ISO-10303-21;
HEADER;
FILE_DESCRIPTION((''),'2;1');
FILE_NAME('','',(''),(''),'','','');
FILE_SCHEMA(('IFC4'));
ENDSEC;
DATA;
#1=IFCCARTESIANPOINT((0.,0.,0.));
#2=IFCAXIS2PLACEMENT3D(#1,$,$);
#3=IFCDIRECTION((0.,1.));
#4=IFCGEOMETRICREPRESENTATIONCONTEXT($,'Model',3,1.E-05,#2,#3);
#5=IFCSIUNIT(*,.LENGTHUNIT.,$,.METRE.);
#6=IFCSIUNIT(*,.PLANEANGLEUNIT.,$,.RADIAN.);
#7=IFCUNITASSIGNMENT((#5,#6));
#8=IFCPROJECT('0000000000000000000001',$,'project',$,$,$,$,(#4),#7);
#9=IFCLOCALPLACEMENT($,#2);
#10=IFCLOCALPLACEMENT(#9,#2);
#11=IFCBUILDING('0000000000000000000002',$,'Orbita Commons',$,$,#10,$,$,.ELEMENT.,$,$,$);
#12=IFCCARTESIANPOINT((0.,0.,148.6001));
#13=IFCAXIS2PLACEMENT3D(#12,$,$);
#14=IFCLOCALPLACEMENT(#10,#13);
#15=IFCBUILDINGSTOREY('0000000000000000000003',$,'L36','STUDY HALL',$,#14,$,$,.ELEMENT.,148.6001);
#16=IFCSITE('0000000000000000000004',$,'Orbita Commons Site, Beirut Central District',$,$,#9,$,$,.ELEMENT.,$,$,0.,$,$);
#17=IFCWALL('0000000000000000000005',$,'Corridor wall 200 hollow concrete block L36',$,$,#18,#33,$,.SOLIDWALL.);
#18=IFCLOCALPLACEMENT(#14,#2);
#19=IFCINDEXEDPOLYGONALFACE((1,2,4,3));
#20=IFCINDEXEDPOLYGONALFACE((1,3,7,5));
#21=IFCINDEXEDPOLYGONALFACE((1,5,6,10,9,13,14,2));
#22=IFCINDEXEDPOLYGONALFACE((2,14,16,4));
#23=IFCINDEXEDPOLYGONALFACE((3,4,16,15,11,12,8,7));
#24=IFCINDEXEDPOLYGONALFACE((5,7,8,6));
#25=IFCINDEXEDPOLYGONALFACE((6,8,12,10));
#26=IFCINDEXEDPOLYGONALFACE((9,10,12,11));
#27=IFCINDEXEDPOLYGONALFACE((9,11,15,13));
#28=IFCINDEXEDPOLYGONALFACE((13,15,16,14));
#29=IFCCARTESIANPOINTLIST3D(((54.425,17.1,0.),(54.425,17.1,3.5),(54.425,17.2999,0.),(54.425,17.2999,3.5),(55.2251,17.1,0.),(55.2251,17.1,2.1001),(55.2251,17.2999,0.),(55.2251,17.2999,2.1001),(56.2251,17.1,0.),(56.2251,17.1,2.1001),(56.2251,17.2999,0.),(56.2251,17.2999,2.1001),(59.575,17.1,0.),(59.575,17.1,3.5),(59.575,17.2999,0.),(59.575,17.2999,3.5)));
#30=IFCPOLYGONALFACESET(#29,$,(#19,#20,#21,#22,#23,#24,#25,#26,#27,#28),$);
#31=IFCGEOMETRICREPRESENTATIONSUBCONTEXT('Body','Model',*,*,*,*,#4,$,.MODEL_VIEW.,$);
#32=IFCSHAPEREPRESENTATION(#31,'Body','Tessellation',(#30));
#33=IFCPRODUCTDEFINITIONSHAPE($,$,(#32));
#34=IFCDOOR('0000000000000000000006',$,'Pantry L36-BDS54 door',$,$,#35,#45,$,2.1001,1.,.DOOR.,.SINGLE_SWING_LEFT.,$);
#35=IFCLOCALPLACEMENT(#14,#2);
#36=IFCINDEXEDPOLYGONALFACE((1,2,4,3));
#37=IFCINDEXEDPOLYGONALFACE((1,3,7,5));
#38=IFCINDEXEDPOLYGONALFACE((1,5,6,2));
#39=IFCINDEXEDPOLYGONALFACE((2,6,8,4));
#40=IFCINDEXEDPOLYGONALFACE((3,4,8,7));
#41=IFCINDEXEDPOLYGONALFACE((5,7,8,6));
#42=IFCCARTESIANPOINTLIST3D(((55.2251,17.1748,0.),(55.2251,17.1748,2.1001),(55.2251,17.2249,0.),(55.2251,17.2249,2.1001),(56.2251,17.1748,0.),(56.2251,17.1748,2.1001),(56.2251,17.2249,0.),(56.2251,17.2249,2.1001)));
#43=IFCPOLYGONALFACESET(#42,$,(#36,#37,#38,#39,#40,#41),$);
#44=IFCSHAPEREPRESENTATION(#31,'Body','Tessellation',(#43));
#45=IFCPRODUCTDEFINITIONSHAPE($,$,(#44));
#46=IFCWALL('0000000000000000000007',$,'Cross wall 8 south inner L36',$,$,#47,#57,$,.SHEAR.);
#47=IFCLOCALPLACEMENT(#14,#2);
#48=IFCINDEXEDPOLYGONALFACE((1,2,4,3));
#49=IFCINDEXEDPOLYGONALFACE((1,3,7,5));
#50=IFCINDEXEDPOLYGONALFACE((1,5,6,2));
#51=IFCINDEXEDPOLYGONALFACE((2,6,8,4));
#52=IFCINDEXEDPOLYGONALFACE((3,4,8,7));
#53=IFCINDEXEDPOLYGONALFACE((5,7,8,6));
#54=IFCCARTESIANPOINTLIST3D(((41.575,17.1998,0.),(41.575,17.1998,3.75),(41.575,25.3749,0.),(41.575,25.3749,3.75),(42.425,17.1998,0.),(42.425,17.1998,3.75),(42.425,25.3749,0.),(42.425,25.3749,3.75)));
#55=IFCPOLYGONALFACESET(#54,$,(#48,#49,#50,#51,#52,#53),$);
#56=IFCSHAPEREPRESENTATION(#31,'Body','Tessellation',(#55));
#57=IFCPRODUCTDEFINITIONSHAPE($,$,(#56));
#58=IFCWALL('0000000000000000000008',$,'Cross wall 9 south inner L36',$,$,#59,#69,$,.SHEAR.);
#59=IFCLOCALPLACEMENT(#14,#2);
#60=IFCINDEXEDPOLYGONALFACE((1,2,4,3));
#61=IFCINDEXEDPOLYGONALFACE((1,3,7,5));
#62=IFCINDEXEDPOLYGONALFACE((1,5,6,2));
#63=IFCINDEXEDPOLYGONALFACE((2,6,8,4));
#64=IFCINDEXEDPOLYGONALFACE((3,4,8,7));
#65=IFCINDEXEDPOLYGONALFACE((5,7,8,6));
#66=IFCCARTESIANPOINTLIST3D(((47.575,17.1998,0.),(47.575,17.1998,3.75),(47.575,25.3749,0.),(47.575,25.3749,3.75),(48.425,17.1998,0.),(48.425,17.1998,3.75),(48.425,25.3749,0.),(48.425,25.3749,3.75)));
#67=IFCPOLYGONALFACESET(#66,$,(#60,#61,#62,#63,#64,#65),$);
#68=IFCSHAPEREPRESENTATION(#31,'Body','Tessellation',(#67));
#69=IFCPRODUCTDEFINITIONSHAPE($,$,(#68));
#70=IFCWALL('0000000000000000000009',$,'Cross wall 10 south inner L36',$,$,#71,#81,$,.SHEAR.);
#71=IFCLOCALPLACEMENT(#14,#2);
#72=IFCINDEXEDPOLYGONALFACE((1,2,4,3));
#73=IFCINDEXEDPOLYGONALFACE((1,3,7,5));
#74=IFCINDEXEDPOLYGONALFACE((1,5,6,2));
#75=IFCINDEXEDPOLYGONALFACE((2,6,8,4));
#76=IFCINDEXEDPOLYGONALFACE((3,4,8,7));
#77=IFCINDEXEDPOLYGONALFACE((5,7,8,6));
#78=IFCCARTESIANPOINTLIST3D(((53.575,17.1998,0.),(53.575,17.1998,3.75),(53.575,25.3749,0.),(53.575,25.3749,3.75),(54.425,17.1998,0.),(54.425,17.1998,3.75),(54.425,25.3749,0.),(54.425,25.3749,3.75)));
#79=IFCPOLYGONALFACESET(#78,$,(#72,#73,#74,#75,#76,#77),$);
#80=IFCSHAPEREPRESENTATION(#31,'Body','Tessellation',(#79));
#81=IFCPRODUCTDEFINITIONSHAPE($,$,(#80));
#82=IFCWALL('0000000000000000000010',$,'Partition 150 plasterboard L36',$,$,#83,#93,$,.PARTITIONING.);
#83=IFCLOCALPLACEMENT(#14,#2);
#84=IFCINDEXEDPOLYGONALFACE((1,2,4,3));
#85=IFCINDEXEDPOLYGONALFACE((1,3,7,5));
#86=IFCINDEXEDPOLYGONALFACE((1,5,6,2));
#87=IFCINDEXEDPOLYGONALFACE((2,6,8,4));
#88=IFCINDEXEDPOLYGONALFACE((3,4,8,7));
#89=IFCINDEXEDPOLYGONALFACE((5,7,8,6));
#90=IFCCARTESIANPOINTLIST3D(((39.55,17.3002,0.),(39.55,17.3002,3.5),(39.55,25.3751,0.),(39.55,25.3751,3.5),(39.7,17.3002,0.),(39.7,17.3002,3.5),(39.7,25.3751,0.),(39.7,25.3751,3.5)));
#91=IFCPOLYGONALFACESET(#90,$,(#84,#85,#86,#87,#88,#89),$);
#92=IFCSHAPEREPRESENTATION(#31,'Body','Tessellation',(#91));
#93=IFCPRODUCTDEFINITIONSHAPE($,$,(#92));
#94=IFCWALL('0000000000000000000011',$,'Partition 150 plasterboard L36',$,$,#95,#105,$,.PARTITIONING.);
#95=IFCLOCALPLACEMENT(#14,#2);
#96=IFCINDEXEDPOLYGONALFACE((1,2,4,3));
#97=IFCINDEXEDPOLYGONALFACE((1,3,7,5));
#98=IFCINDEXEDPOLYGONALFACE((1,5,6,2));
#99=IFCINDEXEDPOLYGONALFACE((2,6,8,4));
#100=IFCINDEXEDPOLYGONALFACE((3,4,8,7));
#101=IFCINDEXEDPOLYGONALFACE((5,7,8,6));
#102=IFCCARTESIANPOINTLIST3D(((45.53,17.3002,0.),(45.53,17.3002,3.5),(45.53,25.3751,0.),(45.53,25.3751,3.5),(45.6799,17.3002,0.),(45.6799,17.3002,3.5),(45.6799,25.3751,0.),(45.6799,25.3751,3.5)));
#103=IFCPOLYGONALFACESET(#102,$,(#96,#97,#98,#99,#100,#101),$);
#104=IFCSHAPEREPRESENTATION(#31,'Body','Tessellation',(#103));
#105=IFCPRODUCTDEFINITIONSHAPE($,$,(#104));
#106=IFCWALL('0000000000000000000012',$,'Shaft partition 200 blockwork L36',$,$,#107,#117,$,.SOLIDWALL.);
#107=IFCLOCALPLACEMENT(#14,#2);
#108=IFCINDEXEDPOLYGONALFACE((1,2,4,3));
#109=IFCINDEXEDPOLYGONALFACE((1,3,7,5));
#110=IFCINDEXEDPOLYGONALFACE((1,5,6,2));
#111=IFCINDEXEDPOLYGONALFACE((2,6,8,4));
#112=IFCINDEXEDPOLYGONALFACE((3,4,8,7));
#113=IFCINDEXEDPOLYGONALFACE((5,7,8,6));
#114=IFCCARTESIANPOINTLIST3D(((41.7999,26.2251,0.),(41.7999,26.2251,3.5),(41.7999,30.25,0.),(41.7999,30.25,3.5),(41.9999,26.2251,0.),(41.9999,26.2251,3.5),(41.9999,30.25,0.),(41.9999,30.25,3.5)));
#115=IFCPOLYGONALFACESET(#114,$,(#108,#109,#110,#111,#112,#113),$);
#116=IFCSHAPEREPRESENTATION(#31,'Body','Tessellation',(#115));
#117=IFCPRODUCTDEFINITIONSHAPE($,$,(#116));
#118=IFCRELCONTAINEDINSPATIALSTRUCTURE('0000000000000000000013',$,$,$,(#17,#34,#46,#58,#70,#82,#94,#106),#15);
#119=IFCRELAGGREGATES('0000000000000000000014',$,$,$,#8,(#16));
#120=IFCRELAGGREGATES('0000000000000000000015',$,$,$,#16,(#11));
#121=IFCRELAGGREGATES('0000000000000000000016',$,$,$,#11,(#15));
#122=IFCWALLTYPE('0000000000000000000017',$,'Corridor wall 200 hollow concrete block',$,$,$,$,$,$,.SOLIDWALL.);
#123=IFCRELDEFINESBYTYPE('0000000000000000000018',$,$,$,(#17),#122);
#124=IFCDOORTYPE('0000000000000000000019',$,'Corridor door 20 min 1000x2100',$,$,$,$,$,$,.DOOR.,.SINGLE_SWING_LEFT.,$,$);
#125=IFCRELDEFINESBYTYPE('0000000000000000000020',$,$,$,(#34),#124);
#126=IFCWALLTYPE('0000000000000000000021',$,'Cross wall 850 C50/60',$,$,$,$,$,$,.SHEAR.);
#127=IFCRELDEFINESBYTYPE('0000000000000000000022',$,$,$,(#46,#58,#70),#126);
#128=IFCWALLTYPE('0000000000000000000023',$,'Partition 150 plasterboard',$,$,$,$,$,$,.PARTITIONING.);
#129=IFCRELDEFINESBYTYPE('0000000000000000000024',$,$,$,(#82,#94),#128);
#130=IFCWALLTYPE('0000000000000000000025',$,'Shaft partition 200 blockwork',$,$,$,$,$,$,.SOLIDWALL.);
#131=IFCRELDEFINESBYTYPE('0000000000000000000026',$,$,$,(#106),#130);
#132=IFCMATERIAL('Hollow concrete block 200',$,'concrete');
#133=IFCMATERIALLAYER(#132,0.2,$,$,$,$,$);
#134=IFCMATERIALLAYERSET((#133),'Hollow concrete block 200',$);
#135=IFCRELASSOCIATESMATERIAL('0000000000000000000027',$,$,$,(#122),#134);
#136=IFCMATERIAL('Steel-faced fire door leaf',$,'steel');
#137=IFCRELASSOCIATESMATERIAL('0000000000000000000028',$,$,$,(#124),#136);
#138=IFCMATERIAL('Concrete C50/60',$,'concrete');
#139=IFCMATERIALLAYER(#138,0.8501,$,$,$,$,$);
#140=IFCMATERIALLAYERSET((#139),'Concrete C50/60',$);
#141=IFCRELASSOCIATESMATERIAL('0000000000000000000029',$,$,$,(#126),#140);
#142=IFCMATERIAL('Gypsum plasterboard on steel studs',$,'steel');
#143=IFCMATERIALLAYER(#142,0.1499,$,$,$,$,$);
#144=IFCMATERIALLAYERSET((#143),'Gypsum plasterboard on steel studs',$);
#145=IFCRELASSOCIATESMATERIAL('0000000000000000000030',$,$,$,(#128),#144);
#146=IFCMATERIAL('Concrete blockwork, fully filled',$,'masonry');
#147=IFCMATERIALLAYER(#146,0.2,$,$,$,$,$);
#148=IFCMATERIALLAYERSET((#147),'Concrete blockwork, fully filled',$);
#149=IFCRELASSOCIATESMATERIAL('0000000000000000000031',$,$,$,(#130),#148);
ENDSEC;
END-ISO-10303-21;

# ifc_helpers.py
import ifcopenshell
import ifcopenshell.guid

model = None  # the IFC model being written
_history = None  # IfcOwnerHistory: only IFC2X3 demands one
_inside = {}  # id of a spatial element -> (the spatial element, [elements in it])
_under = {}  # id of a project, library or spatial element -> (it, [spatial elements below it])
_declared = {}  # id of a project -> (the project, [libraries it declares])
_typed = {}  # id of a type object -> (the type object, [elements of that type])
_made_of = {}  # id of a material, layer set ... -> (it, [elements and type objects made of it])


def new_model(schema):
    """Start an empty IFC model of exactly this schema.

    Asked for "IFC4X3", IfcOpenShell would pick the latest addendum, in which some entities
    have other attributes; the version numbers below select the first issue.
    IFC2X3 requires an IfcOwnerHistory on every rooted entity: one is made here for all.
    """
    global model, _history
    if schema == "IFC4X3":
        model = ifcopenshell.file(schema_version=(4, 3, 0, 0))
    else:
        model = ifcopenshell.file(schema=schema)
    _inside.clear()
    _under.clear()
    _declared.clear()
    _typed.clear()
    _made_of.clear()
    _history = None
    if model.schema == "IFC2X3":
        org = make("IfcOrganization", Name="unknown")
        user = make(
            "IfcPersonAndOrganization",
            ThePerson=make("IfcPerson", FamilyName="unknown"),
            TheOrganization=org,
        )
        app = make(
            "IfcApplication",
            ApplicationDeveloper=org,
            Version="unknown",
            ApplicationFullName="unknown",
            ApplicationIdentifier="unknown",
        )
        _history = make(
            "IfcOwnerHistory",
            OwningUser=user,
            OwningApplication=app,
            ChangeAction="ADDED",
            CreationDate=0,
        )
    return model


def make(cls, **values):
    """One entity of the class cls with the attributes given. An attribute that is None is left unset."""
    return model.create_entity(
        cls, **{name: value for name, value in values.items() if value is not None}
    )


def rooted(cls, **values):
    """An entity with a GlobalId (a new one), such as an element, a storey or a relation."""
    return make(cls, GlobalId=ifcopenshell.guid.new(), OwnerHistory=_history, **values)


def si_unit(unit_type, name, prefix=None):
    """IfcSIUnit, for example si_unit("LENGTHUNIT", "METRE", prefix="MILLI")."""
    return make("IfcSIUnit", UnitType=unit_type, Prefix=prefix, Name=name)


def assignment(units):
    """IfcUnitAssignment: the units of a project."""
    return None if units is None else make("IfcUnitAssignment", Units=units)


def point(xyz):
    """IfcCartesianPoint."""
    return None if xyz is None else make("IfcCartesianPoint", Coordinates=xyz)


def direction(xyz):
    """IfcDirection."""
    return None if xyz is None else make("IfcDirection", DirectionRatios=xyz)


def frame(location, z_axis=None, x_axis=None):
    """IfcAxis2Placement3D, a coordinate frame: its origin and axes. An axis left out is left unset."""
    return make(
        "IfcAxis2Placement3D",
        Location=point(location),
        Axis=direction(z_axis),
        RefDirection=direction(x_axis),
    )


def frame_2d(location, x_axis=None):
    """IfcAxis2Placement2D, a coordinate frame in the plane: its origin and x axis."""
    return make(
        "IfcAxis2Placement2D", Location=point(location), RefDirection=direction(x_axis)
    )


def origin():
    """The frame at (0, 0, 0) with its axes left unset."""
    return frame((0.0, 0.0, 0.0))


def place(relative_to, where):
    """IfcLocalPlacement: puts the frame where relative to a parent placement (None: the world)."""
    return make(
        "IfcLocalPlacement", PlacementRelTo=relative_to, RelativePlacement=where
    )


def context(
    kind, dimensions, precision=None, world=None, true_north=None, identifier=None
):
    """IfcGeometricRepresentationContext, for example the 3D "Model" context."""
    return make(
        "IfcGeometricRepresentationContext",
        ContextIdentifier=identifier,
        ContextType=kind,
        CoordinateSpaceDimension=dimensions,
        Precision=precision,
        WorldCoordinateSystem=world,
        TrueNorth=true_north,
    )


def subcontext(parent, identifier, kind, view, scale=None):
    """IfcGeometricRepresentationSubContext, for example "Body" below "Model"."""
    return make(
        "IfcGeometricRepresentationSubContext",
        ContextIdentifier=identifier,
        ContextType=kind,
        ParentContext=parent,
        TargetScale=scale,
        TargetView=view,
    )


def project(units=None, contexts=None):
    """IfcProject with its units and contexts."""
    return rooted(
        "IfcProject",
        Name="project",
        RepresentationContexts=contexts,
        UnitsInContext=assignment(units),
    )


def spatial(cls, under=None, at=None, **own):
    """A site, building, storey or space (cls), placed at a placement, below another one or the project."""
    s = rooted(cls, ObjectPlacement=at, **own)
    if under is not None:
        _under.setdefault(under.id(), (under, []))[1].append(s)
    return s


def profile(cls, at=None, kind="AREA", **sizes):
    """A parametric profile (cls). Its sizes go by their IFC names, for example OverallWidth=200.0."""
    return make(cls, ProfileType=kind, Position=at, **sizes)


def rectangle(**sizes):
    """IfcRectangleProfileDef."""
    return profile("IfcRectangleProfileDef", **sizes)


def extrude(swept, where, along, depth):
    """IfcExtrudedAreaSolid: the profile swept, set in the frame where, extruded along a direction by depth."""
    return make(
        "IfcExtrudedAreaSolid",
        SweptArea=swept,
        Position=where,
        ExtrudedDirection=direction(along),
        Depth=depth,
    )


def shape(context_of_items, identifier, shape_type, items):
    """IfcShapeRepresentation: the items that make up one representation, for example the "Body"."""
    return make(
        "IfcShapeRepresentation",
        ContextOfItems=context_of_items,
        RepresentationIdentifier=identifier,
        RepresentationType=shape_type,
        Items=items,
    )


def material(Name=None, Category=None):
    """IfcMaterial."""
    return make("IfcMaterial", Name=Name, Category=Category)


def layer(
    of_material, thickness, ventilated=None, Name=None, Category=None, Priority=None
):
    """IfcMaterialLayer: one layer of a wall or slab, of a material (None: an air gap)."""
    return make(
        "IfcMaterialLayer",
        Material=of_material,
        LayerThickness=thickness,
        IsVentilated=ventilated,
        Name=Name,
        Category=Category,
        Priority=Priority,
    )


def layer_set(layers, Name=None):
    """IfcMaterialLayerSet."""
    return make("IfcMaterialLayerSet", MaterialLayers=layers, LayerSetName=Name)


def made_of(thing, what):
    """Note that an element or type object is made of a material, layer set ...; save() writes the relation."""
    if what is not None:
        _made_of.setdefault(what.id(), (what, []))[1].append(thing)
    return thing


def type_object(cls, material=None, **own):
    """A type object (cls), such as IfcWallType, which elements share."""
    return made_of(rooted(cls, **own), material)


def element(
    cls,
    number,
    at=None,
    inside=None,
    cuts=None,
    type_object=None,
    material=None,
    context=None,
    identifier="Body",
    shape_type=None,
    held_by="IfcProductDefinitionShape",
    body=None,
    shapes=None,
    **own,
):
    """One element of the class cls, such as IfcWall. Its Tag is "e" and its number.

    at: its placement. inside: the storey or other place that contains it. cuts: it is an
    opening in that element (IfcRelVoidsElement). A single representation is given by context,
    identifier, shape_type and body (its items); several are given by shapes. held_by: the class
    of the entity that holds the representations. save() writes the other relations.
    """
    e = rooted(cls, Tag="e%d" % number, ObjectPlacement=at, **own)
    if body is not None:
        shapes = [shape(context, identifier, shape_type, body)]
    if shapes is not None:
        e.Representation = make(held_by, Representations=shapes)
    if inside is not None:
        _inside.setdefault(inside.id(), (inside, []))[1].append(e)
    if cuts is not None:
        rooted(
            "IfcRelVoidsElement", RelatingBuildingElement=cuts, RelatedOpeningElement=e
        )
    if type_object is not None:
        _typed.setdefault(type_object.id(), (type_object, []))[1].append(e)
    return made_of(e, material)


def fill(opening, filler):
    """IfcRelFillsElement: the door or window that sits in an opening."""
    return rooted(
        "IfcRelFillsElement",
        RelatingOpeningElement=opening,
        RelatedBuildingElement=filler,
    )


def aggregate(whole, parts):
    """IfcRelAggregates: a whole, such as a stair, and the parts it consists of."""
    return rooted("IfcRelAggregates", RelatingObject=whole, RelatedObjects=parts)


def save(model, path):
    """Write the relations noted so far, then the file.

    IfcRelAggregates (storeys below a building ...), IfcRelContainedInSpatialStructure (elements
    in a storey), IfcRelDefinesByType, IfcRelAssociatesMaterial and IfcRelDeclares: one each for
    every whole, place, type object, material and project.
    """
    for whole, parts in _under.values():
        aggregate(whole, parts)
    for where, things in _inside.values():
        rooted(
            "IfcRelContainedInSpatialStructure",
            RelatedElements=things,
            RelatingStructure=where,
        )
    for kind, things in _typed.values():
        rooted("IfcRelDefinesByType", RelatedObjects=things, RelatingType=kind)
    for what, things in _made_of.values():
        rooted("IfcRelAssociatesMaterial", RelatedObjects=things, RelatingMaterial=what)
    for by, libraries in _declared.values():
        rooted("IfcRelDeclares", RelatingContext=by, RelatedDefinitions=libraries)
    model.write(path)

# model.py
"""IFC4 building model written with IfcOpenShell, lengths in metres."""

from ifc_helpers import new_model, si_unit, direction, frame, frame_2d, origin, place, context, subcontext, project, spatial, rectangle, extrude, material, layer, layer_set, type_object, element, fill, save


model = new_model("IFC4")

# Units and contexts
model_context = context("Model", 3, precision=1e-05, world=origin(), true_north=direction((0.0, 1.0)))
body_context = subcontext(model_context, "Body", "Model", "MODEL_VIEW")
ifc_project = project(units=[si_unit("LENGTHUNIT", "METRE"), si_unit("PLANEANGLEUNIT", "RADIAN")], contexts=[model_context])

# Site, building, storey
site_placement = place(None, origin())
site = spatial("IfcSite", under=ifc_project, at=site_placement, Name="Orbita Commons Site, Beirut Central District", CompositionType="ELEMENT", RefElevation=0.0)
building_placement = place(site_placement, origin())
building = spatial("IfcBuilding", under=site, at=building_placement, Name="Orbita Commons", CompositionType="ELEMENT")
storey_placement = place(building_placement, frame((0.0, 0.0, 148.6001)))
storey = spatial("IfcBuildingStorey", under=building, at=storey_placement, Name="L36", Description="STUDY HALL", CompositionType="ELEMENT", Elevation=148.6001)

# Shared definitions
ifc_material_1 = material(Name="Hollow concrete block 200", Category="concrete")
ifc_layer_1 = layer(ifc_material_1, 0.2)
ifc_layer_set_1 = layer_set([ifc_layer_1], Name="Hollow concrete block 200")
wall_type_1 = type_object("IfcWallType", Name="Corridor wall 200 hollow concrete block", PredefinedType="SOLIDWALL", material=ifc_layer_set_1)

# Wall, opening, door
ifc_material_2 = material(Name="Steel-faced fire door leaf", Category="steel")
door_type_1 = type_object("IfcDoorType", Name="Corridor door 20 min 1000x2100", OperationType="SINGLE_SWING_LEFT", PredefinedType="DOOR", material=ifc_material_2)
wall_1_placement = place(storey_placement, frame((54.425, 17.2, 0.0), z_axis=(0.0, 0.0, 1.0), x_axis=(1.0, 0.0, 0.0)))
wall_1 = element("IfcWall", 1, at=wall_1_placement, inside=storey, type_object=wall_type_1, Name="Corridor wall 200 hollow concrete block L36", PredefinedType="SOLIDWALL", context=body_context, shape_type="SweptSolid", body=[
    extrude(rectangle(XDim=5.1499, YDim=0.2, at=frame_2d((2.575, 0.0))), origin(), (0.0, 0.0, 1.0), 3.5),
])
opening_1_placement = place(wall_1_placement, frame((0.8, 0.0, 0.0)))
opening_1 = element("IfcOpeningElement", 2, at=opening_1_placement, cuts=wall_1, PredefinedType="OPENING", context=body_context, shape_type="SweptSolid", body=[
    extrude(rectangle(XDim=1.0, YDim=2.1001, at=frame_2d((0.5, 1.05))), frame((0.0, 0.1099, 0.0), z_axis=(0.0, -1.0, 0.0), x_axis=(1.0, 0.0, 0.0)), (0.0, 0.0, 1.0), 0.22),
])
door_1_placement = place(opening_1_placement, origin())
door_1 = element("IfcDoor", 3, at=door_1_placement, inside=storey, type_object=door_type_1, Name="Pantry L36-BDS54 door", OperationType="SINGLE_SWING_LEFT", OverallHeight=2.1001, OverallWidth=1.0, PredefinedType="DOOR", context=body_context, shape_type="SweptSolid", body=[
    extrude(rectangle(XDim=1.0, YDim=2.1001, at=frame_2d((0.5, 1.05))), frame((0.0, 0.0249, 0.0), z_axis=(0.0, -1.0, 0.0), x_axis=(1.0, 0.0, 0.0)), (0.0, 0.0, 1.0), 0.05),
])
fill(opening_1, door_1)

# Walls
ifc_material_3 = material(Name="Concrete C50/60", Category="concrete")
ifc_layer_2 = layer(ifc_material_3, 0.8501)
ifc_layer_set_2 = layer_set([ifc_layer_2], Name="Concrete C50/60")
wall_type_2 = type_object("IfcWallType", Name="Cross wall 850 C50/60", PredefinedType="SHEAR", material=ifc_layer_set_2)
for number, where, z_axis, x_axis, name in (
    (4, (42.0, 17.2, 0.0), (0.0, 0.0, 1.0), (0.0, 1.0, 0.0), "Cross wall 8 south inner L36"),
    (5, (48.0, 17.2, 0.0), (0.0, 0.0, 1.0), (0.0, 1.0, 0.0), "Cross wall 9 south inner L36"),
    (6, (54.0, 17.2, 0.0), (0.0, 0.0, 1.0), (0.0, 1.0, 0.0), "Cross wall 10 south inner L36"),
):
    element("IfcWall", number, at=place(storey_placement, frame(where, z_axis=z_axis, x_axis=x_axis)), inside=storey, type_object=wall_type_2, Name=name, PredefinedType="SHEAR", context=body_context, shape_type="SweptSolid", body=[
        extrude(rectangle(XDim=8.175, YDim=0.8501, at=frame_2d((4.0874, 0.0))), origin(), (0.0, 0.0, 1.0), 3.75),
    ])
ifc_material_4 = material(Name="Gypsum plasterboard on steel studs", Category="steel")
ifc_layer_3 = layer(ifc_material_4, 0.1499)
ifc_layer_set_3 = layer_set([ifc_layer_3], Name="Gypsum plasterboard on steel studs")
wall_type_3 = type_object("IfcWallType", Name="Partition 150 plasterboard", PredefinedType="PARTITIONING", material=ifc_layer_set_3)
for number, where, z_axis, x_axis, name in (
    (7, (39.625, 17.3, 0.0), (0.0, 0.0, 1.0), (0.0, 1.0, 0.0), "Partition 150 plasterboard L36"),
    (8, (45.605, 17.3, 0.0), (0.0, 0.0, 1.0), (0.0, 1.0, 0.0), "Partition 150 plasterboard L36"),
):
    element("IfcWall", number, at=place(storey_placement, frame(where, z_axis=z_axis, x_axis=x_axis)), inside=storey, type_object=wall_type_3, Name=name, PredefinedType="PARTITIONING", context=body_context, shape_type="SweptSolid", body=[
        extrude(rectangle(XDim=8.075, YDim=0.1499, at=frame_2d((4.0376, 0.0))), origin(), (0.0, 0.0, 1.0), 3.5),
    ])
ifc_material_5 = material(Name="Concrete blockwork, fully filled", Category="masonry")
ifc_layer_4 = layer(ifc_material_5, 0.2)
ifc_layer_set_4 = layer_set([ifc_layer_4], Name="Concrete blockwork, fully filled")
wall_type_4 = type_object("IfcWallType", Name="Shaft partition 200 blockwork", PredefinedType="SOLIDWALL", material=ifc_layer_set_4)
wall_2_placement = place(storey_placement, frame((41.8999, 26.2251, 0.0), z_axis=(0.0, 0.0, 1.0), x_axis=(0.0, 1.0, 0.0)))
element("IfcWall", 9, at=wall_2_placement, inside=storey, type_object=wall_type_4, Name="Shaft partition 200 blockwork L36", PredefinedType="SOLIDWALL", context=body_context, shape_type="SweptSolid", body=[
    extrude(rectangle(XDim=4.0249, YDim=0.2, at=frame_2d((2.0125, 0.0))), origin(), (0.0, 0.0, 1.0), 3.5),
])

save(model, "model.ifc")
